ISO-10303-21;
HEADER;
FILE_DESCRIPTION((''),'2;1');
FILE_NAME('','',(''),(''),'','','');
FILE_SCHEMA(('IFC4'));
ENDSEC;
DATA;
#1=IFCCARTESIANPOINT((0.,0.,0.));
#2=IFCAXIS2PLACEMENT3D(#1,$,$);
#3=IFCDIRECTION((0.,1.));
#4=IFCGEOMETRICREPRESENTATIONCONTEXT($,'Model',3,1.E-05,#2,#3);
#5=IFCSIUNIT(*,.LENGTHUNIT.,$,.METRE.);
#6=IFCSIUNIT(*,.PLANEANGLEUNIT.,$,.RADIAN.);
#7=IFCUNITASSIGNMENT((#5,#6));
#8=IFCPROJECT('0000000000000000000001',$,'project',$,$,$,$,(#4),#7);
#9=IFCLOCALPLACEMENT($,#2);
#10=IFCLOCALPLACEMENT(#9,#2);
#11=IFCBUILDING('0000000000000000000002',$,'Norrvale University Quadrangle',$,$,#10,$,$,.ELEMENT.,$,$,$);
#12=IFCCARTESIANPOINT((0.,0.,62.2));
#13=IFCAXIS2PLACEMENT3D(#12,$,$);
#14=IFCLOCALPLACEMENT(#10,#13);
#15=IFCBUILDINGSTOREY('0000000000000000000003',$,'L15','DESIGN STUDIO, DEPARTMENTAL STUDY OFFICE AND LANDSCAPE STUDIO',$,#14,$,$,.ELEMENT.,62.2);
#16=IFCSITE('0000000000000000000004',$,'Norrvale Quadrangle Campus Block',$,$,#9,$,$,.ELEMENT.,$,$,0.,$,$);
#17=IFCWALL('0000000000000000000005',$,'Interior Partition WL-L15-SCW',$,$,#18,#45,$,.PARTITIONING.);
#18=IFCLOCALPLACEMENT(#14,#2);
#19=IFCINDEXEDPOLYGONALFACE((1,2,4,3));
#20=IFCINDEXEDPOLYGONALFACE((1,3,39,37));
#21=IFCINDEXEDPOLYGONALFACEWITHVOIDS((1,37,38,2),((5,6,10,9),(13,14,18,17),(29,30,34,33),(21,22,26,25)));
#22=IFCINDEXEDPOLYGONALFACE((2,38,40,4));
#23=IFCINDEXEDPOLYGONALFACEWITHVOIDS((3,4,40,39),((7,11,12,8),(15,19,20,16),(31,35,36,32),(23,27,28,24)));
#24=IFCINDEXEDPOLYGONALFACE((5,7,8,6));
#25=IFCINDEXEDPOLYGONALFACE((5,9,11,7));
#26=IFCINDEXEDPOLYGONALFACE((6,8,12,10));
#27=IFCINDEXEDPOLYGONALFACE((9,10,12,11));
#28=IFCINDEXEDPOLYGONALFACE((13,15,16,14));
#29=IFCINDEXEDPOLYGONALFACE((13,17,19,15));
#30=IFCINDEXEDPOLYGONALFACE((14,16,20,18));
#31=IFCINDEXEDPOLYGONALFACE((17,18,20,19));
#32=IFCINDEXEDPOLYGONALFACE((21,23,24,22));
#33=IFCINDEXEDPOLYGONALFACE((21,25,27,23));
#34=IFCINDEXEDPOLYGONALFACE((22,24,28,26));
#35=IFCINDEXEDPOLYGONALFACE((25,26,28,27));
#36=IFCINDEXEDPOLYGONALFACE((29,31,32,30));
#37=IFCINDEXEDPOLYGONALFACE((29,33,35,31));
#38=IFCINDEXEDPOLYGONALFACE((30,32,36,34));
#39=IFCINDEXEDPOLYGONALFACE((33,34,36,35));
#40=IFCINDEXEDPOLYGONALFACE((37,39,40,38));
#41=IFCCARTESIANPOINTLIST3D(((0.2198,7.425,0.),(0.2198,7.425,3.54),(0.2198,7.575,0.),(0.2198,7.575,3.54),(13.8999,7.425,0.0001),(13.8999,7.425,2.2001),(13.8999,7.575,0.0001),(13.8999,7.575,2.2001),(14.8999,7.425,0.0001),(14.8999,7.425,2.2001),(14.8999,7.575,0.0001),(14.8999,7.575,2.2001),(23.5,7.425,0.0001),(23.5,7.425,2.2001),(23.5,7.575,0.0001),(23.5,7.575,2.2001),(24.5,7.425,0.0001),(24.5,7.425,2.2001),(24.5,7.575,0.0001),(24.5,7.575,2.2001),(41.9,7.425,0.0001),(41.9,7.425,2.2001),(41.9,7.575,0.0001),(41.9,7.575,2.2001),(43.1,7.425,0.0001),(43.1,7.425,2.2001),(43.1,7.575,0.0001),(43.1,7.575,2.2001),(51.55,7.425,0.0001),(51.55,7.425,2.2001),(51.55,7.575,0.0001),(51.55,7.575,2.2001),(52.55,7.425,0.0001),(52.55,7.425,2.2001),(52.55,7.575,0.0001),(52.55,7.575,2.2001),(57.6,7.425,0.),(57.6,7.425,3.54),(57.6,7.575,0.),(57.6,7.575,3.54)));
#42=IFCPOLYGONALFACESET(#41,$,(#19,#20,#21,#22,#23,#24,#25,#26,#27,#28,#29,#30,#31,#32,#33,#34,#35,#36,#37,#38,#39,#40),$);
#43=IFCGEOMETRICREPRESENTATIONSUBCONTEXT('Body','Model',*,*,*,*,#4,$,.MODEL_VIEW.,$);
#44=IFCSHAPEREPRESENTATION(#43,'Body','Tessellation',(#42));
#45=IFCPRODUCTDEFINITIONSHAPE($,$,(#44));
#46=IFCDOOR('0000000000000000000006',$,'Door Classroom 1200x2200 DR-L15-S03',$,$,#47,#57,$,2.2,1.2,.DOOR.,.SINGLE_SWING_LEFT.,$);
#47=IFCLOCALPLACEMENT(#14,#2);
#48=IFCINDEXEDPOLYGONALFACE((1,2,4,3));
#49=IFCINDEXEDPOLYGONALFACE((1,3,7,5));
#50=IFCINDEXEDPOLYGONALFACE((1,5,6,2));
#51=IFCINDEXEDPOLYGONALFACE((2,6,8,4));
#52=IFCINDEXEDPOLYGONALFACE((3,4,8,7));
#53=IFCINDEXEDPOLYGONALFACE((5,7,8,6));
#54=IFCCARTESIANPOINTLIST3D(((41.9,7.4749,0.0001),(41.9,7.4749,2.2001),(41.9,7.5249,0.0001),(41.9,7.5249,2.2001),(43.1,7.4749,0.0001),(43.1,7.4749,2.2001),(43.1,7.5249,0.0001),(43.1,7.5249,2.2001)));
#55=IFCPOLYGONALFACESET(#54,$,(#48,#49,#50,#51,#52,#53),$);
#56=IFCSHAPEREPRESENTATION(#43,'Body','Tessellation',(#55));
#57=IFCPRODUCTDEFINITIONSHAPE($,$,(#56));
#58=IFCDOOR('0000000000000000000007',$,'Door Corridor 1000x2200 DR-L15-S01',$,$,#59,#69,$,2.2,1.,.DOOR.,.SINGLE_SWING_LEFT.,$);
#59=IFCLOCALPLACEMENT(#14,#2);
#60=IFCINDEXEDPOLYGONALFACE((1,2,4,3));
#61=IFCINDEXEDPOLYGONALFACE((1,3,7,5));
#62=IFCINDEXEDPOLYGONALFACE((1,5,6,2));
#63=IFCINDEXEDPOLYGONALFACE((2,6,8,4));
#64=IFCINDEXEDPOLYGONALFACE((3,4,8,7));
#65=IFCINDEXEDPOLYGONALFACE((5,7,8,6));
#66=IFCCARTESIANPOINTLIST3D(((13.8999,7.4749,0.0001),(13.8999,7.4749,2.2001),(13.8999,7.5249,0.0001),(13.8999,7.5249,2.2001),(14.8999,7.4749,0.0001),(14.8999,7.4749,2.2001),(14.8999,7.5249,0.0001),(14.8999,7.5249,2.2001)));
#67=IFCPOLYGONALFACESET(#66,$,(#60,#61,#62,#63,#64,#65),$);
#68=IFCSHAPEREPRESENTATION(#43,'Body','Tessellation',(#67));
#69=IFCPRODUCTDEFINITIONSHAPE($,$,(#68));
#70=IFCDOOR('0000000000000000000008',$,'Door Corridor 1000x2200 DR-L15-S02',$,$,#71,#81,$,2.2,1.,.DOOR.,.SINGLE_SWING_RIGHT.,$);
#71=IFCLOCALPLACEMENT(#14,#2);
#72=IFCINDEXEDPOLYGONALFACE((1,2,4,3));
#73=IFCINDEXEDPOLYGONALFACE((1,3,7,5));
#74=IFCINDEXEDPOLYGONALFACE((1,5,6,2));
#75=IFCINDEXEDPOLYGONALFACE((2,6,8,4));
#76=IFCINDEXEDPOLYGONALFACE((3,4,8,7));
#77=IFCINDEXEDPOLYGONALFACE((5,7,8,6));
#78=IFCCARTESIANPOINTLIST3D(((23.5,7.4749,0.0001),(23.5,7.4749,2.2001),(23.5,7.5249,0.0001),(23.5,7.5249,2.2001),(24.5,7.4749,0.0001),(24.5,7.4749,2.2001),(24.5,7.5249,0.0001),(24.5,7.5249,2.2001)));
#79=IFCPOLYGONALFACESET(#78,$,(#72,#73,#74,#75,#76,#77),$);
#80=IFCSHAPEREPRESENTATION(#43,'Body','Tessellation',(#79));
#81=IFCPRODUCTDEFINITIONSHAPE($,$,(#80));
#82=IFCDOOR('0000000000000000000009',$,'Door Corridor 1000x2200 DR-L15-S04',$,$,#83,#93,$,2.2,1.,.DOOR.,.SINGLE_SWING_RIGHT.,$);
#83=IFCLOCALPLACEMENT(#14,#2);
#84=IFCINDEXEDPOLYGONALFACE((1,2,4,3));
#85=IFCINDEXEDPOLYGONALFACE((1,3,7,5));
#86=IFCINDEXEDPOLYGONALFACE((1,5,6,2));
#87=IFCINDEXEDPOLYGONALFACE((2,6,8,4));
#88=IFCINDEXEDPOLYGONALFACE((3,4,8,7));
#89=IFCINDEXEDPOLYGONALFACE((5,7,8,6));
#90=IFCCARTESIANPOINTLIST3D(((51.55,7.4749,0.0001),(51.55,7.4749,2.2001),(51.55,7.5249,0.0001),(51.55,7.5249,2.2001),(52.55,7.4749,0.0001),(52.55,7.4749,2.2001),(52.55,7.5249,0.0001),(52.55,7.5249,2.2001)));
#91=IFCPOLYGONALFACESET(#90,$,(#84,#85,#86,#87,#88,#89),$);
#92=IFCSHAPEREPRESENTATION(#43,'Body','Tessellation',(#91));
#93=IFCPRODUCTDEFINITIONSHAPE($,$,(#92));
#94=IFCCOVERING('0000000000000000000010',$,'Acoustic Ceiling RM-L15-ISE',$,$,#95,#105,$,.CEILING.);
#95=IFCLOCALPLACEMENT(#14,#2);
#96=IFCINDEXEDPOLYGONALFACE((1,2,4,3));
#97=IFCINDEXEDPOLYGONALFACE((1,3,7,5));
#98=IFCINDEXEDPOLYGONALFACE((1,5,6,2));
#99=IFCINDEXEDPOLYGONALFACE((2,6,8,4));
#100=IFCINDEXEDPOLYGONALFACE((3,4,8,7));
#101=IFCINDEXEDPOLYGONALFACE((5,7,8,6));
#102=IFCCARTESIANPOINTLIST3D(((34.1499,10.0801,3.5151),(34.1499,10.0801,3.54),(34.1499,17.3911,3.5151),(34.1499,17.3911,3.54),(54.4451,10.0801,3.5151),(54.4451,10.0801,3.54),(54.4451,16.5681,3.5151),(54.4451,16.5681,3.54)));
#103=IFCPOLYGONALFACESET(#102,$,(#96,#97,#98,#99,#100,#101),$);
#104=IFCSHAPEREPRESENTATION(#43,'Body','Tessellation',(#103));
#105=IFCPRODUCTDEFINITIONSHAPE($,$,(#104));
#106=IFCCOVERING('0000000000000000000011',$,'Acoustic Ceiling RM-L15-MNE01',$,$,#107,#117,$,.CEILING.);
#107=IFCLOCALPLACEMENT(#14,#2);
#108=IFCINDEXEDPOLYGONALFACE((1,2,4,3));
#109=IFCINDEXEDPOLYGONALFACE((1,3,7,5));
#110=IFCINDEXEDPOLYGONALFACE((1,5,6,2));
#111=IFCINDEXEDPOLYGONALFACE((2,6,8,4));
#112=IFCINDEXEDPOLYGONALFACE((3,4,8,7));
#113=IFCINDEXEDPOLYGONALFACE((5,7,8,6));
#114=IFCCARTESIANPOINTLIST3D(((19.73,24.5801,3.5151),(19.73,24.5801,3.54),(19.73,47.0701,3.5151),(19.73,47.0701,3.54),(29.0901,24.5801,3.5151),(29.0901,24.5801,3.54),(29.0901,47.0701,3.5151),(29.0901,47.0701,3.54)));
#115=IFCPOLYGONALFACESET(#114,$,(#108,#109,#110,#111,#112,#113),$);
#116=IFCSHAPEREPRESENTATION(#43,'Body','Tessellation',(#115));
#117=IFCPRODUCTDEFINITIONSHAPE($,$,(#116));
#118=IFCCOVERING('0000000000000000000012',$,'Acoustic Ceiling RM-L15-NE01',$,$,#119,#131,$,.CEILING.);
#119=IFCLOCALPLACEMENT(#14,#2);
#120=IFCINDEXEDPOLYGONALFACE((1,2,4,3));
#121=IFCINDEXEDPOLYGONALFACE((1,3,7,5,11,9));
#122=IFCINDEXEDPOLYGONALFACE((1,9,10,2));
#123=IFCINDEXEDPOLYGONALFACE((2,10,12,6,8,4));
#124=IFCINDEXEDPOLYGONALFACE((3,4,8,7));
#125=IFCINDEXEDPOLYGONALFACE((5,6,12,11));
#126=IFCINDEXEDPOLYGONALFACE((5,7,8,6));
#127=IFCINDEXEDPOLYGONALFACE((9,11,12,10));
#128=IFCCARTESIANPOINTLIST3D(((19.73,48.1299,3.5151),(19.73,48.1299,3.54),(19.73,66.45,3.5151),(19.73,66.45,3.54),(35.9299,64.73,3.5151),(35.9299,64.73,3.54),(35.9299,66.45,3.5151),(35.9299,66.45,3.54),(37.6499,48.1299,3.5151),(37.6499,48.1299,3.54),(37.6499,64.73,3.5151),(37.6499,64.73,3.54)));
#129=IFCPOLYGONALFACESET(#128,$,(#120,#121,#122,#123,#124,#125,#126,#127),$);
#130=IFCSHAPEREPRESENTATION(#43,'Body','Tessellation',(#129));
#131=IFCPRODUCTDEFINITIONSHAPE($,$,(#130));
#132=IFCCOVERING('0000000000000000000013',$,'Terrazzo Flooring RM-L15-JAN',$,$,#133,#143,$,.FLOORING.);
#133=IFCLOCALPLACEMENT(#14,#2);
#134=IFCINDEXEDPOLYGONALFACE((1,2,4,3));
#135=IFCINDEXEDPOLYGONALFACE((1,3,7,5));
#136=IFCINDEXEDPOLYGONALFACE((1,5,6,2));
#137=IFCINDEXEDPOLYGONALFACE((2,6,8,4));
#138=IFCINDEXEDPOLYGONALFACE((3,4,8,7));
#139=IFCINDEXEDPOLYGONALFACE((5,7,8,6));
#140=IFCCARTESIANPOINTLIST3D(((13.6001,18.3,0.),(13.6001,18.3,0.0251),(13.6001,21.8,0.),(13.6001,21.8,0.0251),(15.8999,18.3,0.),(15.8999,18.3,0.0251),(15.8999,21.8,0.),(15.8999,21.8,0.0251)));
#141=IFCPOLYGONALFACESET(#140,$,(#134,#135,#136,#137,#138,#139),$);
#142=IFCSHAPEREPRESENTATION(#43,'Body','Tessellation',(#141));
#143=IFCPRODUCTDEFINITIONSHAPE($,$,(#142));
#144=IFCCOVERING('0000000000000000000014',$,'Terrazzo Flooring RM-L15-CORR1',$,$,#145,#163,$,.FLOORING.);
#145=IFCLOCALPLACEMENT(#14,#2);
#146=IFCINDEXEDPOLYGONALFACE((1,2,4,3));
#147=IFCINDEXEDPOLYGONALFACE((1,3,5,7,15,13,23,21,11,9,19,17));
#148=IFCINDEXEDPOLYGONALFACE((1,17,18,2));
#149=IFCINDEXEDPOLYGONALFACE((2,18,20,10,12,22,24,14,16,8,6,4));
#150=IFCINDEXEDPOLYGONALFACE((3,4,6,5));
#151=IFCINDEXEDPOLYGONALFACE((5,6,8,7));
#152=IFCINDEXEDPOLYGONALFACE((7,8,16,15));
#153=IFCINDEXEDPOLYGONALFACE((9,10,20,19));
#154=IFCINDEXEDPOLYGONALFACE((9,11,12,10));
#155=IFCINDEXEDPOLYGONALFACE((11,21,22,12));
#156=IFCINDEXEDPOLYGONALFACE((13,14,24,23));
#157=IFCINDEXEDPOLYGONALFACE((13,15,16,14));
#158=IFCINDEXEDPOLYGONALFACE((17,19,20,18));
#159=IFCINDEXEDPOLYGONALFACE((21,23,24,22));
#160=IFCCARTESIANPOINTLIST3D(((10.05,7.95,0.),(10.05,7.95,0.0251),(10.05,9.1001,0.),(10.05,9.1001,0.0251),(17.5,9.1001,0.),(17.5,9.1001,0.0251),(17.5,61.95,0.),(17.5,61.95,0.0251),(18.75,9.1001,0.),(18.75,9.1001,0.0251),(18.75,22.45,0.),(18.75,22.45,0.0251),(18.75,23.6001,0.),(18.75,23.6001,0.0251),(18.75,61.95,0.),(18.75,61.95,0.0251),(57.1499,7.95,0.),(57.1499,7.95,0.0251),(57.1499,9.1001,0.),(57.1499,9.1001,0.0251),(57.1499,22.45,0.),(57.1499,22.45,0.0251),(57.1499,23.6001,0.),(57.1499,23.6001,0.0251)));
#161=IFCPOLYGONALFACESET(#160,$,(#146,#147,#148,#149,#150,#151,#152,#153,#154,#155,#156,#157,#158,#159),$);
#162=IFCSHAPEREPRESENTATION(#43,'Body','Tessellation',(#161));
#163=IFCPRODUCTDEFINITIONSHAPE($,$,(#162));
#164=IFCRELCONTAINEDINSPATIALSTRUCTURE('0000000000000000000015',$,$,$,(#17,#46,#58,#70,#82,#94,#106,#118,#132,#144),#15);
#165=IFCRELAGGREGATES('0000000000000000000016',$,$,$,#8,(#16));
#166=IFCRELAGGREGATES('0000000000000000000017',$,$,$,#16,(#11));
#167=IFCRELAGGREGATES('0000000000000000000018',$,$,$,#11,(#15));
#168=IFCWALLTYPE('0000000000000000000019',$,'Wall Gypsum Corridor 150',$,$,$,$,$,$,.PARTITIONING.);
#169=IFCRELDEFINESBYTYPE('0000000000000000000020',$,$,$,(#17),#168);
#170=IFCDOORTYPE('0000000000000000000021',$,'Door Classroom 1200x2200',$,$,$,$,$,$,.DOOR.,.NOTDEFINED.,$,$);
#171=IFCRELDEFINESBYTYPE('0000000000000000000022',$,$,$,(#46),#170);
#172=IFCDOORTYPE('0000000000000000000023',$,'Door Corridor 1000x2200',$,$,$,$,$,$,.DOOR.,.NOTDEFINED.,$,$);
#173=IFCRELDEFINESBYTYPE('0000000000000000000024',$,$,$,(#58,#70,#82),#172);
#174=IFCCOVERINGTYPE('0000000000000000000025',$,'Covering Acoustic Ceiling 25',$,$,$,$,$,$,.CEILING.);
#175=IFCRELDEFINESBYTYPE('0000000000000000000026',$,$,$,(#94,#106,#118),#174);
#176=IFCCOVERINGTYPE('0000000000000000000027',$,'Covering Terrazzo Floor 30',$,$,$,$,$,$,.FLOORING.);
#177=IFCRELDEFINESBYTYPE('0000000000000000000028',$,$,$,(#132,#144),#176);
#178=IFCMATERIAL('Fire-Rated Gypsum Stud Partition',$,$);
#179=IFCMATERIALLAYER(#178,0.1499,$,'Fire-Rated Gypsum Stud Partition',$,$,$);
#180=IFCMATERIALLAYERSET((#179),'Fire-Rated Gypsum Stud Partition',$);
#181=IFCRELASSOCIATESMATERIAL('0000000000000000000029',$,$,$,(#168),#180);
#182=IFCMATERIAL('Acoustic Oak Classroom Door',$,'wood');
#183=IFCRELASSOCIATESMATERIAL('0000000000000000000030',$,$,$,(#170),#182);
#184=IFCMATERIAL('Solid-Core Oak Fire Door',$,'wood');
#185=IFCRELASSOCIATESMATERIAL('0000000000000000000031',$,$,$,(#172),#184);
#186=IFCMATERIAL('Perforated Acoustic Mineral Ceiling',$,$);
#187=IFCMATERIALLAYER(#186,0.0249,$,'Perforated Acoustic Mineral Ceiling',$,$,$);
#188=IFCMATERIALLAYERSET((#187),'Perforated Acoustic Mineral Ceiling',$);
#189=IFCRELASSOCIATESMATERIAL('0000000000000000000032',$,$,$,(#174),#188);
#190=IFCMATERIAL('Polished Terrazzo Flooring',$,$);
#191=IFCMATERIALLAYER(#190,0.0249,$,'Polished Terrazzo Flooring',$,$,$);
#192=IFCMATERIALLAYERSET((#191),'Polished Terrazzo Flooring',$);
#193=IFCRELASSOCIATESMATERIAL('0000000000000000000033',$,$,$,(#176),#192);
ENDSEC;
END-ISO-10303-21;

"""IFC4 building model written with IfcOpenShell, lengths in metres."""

from ifc_helpers import new_model, si_unit, direction, frame, frame_2d, origin, place, context, subcontext, project, spatial, polyline, rectangle, outline, extrude, material, layer, layer_set, type_object, element, fill, save


model = new_model("IFC4")

# Units and contexts
model_context = context("Model", 3, precision=1e-05, world=origin(), true_north=direction((0.0, 1.0)))
body_context = subcontext(model_context, "Body", "Model", "MODEL_VIEW")
ifc_project = project(units=[si_unit("LENGTHUNIT", "METRE"), si_unit("PLANEANGLEUNIT", "RADIAN")], contexts=[model_context])

# Site, building, storey
site_placement = place(None, origin())
site = spatial("IfcSite", under=ifc_project, at=site_placement, Name="Norrvale Quadrangle Campus Block", CompositionType="ELEMENT", RefElevation=0.0)
building_placement = place(site_placement, origin())
building = spatial("IfcBuilding", under=site, at=building_placement, Name="Norrvale University Quadrangle", CompositionType="ELEMENT")
storey_placement = place(building_placement, frame((0.0, 0.0, 62.2)))
storey = spatial("IfcBuildingStorey", under=building, at=storey_placement, Name="L15", Description="DESIGN STUDIO, DEPARTMENTAL STUDY OFFICE AND LANDSCAPE STUDIO", CompositionType="ELEMENT", Elevation=62.2)

# Wall, openings, doors
ifc_material_1 = material(Name="Fire-Rated Gypsum Stud Partition")
ifc_layer_1 = layer(ifc_material_1, 0.1499, Name="Fire-Rated Gypsum Stud Partition")
ifc_layer_set_1 = layer_set([ifc_layer_1], Name="Fire-Rated Gypsum Stud Partition")
wall_type_1 = type_object("IfcWallType", Name="Wall Gypsum Corridor 150", PredefinedType="PARTITIONING", material=ifc_layer_set_1)
wall_1_placement = place(storey_placement, frame((0.22, 7.5, 0.0), z_axis=(0.0, 0.0, 1.0), x_axis=(1.0, 0.0, 0.0)))
wall_1 = element("IfcWall", 1, at=wall_1_placement, inside=storey, type_object=wall_type_1, Name="Interior Partition WL-L15-SCW", PredefinedType="PARTITIONING", context=body_context, shape_type="SweptSolid", body=[
    extrude(rectangle(XDim=57.3801, YDim=0.1499, at=frame_2d((28.6899, 0.0))), origin(), (0.0, 0.0, 1.0), 3.54),
])
opening_1_placement = place(wall_1_placement, frame((13.6799, 0.0, 0.0)))
opening_1 = element("IfcOpeningElement", 2, at=opening_1_placement, cuts=wall_1, PredefinedType="OPENING", context=body_context, shape_type="SweptSolid", body=[
    extrude(rectangle(XDim=1.0, YDim=2.2, at=frame_2d((0.5, 1.1001))), frame((0.0, 0.0869, 0.0), z_axis=(0.0, -1.0, 0.0), x_axis=(1.0, 0.0, 0.0)), (0.0, 0.0, 1.0), 0.1738),
])
opening_2_placement = place(wall_1_placement, frame((23.28, 0.0, 0.0)))
opening_2 = element("IfcOpeningElement", 3, at=opening_2_placement, cuts=wall_1, PredefinedType="OPENING", context=body_context, shape_type="SweptSolid", body=[
    extrude(rectangle(XDim=1.0, YDim=2.2, at=frame_2d((0.5, 1.1001))), frame((0.0, 0.0869, 0.0), z_axis=(0.0, -1.0, 0.0), x_axis=(1.0, 0.0, 0.0)), (0.0, 0.0, 1.0), 0.1738),
])
opening_3_placement = place(wall_1_placement, frame((41.6799, 0.0, 0.0)))
opening_3 = element("IfcOpeningElement", 4, at=opening_3_placement, cuts=wall_1, PredefinedType="OPENING", context=body_context, shape_type="SweptSolid", body=[
    extrude(rectangle(XDim=1.2, YDim=2.2, at=frame_2d((0.6001, 1.1001))), frame((0.0, 0.0869, 0.0), z_axis=(0.0, -1.0, 0.0), x_axis=(1.0, 0.0, 0.0)), (0.0, 0.0, 1.0), 0.1738),
])
opening_4_placement = place(wall_1_placement, frame((51.3301, 0.0, 0.0)))
opening_4 = element("IfcOpeningElement", 5, at=opening_4_placement, cuts=wall_1, PredefinedType="OPENING", context=body_context, shape_type="SweptSolid", body=[
    extrude(rectangle(XDim=1.0, YDim=2.2, at=frame_2d((0.5, 1.1001))), frame((0.0, 0.0869, 0.0), z_axis=(0.0, -1.0, 0.0), x_axis=(1.0, 0.0, 0.0)), (0.0, 0.0, 1.0), 0.1738),
])
ifc_material_2 = material(Name="Acoustic Oak Classroom Door", Category="wood")
door_type_1 = type_object("IfcDoorType", Name="Door Classroom 1200x2200", OperationType="NOTDEFINED", PredefinedType="DOOR", material=ifc_material_2)
door_1_placement = place(opening_3_placement, origin())
door_1 = element("IfcDoor", 6, at=door_1_placement, inside=storey, type_object=door_type_1, Name="Door Classroom 1200x2200 DR-L15-S03", OperationType="SINGLE_SWING_LEFT", OverallHeight=2.2, OverallWidth=1.2, PredefinedType="DOOR", context=body_context, shape_type="SweptSolid", body=[
    extrude(rectangle(XDim=1.2, YDim=2.2, at=frame_2d((0.6001, 1.1001))), frame((0.0, 0.0249, 0.0), z_axis=(0.0, -1.0, 0.0), x_axis=(1.0, 0.0, 0.0)), (0.0, 0.0, 1.0), 0.05),
])
fill(opening_3, door_1)
ifc_material_3 = material(Name="Solid-Core Oak Fire Door", Category="wood")
door_type_2 = type_object("IfcDoorType", Name="Door Corridor 1000x2200", OperationType="NOTDEFINED", PredefinedType="DOOR", material=ifc_material_3)
door_2_placement = place(opening_1_placement, origin())
door_2 = element("IfcDoor", 7, at=door_2_placement, inside=storey, type_object=door_type_2, Name="Door Corridor 1000x2200 DR-L15-S01", OperationType="SINGLE_SWING_LEFT", OverallHeight=2.2, OverallWidth=1.0, PredefinedType="DOOR", context=body_context, shape_type="SweptSolid", body=[
    extrude(rectangle(XDim=1.0, YDim=2.2, at=frame_2d((0.5, 1.1001))), frame((0.0, 0.0249, 0.0), z_axis=(0.0, -1.0, 0.0), x_axis=(1.0, 0.0, 0.0)), (0.0, 0.0, 1.0), 0.05),
])
fill(opening_1, door_2)
door_3_placement = place(opening_2_placement, origin())
door_3 = element("IfcDoor", 8, at=door_3_placement, inside=storey, type_object=door_type_2, Name="Door Corridor 1000x2200 DR-L15-S02", OperationType="SINGLE_SWING_RIGHT", OverallHeight=2.2, OverallWidth=1.0, PredefinedType="DOOR", context=body_context, shape_type="SweptSolid", body=[
    extrude(rectangle(XDim=1.0, YDim=2.2, at=frame_2d((0.5, 1.1001))), frame((0.0, 0.0249, 0.0), z_axis=(0.0, -1.0, 0.0), x_axis=(1.0, 0.0, 0.0)), (0.0, 0.0, 1.0), 0.05),
])
fill(opening_2, door_3)
door_4_placement = place(opening_4_placement, origin())
door_4 = element("IfcDoor", 9, at=door_4_placement, inside=storey, type_object=door_type_2, Name="Door Corridor 1000x2200 DR-L15-S04", OperationType="SINGLE_SWING_RIGHT", OverallHeight=2.2, OverallWidth=1.0, PredefinedType="DOOR", context=body_context, shape_type="SweptSolid", body=[
    extrude(rectangle(XDim=1.0, YDim=2.2, at=frame_2d((0.5, 1.1001))), frame((0.0, 0.0249, 0.0), z_axis=(0.0, -1.0, 0.0), x_axis=(1.0, 0.0, 0.0)), (0.0, 0.0, 1.0), 0.05),
])
fill(opening_4, door_4)

# Coverings
ifc_material_4 = material(Name="Perforated Acoustic Mineral Ceiling")
ifc_layer_2 = layer(ifc_material_4, 0.0249, Name="Perforated Acoustic Mineral Ceiling")
ifc_layer_set_2 = layer_set([ifc_layer_2], Name="Perforated Acoustic Mineral Ceiling")
covering_type_1 = type_object("IfcCoveringType", Name="Covering Acoustic Ceiling 25", PredefinedType="CEILING", material=ifc_layer_set_2)
covering_1_placement = place(storey_placement, frame((0.0, 0.0, 3.5151)))
element("IfcCovering", 10, at=covering_1_placement, inside=storey, type_object=covering_type_1, Name="Acoustic Ceiling RM-L15-ISE", PredefinedType="CEILING", context=body_context, shape_type="SweptSolid", body=[
    extrude(outline(polyline([(34.1499, 10.0801), (34.1499, 17.3911), (54.4451, 16.5681), (54.4451, 10.0801), (34.1499, 10.0801)])), origin(), (0.0, 0.0, 1.0), 0.0249),
])
covering_2_placement = place(storey_placement, frame((0.0, 0.0, 3.5151)))
element("IfcCovering", 11, at=covering_2_placement, inside=storey, type_object=covering_type_1, Name="Acoustic Ceiling RM-L15-MNE01", PredefinedType="CEILING", context=body_context, shape_type="SweptSolid", body=[
    extrude(outline(polyline([(19.73, 47.0701), (29.0901, 47.0701), (29.0901, 24.5801), (19.73, 24.5801), (19.73, 47.0701)])), origin(), (0.0, 0.0, 1.0), 0.0249),
])
covering_3_placement = place(storey_placement, frame((0.0, 0.0, 3.5151)))
element("IfcCovering", 12, at=covering_3_placement, inside=storey, type_object=covering_type_1, Name="Acoustic Ceiling RM-L15-NE01", PredefinedType="CEILING", context=body_context, shape_type="SweptSolid", body=[
    extrude(outline(polyline([(37.6499, 48.1299), (19.73, 48.1299), (19.73, 66.45), (35.9299, 66.45), (35.9299, 64.73), (37.6499, 64.73), (37.6499, 48.1299)])), origin(), (0.0, 0.0, 1.0), 0.0249),
])
ifc_material_5 = material(Name="Polished Terrazzo Flooring")
ifc_layer_3 = layer(ifc_material_5, 0.0249, Name="Polished Terrazzo Flooring")
ifc_layer_set_3 = layer_set([ifc_layer_3], Name="Polished Terrazzo Flooring")
covering_type_2 = type_object("IfcCoveringType", Name="Covering Terrazzo Floor 30", PredefinedType="FLOORING", material=ifc_layer_set_3)
covering_4_placement = place(storey_placement, origin())
element("IfcCovering", 13, at=covering_4_placement, inside=storey, type_object=covering_type_2, Name="Terrazzo Flooring RM-L15-JAN", PredefinedType="FLOORING", context=body_context, shape_type="SweptSolid", body=[
    extrude(outline(polyline([(13.6001, 18.3), (13.6001, 21.8), (15.8999, 21.8), (15.8999, 18.3), (13.6001, 18.3)])), origin(), (0.0, 0.0, 1.0), 0.0251),
])
covering_5_placement = place(storey_placement, origin())
element("IfcCovering", 14, at=covering_5_placement, inside=storey, type_object=covering_type_2, Name="Terrazzo Flooring RM-L15-CORR1", PredefinedType="FLOORING", context=body_context, shape_type="SweptSolid", body=[
    extrude(outline(polyline([(10.05, 7.95), (10.05, 9.1001), (17.5, 9.1001), (17.5, 61.95), (18.75, 61.95), (18.75, 23.6001), (57.1499, 23.6001), (57.1499, 22.45), (18.75, 22.45), (18.75, 9.1001), (57.1499, 9.1001), (57.1499, 7.95), (10.05, 7.95)])), origin(), (0.0, 0.0, 1.0), 0.0251),
])

save(model, "model.ifc")
